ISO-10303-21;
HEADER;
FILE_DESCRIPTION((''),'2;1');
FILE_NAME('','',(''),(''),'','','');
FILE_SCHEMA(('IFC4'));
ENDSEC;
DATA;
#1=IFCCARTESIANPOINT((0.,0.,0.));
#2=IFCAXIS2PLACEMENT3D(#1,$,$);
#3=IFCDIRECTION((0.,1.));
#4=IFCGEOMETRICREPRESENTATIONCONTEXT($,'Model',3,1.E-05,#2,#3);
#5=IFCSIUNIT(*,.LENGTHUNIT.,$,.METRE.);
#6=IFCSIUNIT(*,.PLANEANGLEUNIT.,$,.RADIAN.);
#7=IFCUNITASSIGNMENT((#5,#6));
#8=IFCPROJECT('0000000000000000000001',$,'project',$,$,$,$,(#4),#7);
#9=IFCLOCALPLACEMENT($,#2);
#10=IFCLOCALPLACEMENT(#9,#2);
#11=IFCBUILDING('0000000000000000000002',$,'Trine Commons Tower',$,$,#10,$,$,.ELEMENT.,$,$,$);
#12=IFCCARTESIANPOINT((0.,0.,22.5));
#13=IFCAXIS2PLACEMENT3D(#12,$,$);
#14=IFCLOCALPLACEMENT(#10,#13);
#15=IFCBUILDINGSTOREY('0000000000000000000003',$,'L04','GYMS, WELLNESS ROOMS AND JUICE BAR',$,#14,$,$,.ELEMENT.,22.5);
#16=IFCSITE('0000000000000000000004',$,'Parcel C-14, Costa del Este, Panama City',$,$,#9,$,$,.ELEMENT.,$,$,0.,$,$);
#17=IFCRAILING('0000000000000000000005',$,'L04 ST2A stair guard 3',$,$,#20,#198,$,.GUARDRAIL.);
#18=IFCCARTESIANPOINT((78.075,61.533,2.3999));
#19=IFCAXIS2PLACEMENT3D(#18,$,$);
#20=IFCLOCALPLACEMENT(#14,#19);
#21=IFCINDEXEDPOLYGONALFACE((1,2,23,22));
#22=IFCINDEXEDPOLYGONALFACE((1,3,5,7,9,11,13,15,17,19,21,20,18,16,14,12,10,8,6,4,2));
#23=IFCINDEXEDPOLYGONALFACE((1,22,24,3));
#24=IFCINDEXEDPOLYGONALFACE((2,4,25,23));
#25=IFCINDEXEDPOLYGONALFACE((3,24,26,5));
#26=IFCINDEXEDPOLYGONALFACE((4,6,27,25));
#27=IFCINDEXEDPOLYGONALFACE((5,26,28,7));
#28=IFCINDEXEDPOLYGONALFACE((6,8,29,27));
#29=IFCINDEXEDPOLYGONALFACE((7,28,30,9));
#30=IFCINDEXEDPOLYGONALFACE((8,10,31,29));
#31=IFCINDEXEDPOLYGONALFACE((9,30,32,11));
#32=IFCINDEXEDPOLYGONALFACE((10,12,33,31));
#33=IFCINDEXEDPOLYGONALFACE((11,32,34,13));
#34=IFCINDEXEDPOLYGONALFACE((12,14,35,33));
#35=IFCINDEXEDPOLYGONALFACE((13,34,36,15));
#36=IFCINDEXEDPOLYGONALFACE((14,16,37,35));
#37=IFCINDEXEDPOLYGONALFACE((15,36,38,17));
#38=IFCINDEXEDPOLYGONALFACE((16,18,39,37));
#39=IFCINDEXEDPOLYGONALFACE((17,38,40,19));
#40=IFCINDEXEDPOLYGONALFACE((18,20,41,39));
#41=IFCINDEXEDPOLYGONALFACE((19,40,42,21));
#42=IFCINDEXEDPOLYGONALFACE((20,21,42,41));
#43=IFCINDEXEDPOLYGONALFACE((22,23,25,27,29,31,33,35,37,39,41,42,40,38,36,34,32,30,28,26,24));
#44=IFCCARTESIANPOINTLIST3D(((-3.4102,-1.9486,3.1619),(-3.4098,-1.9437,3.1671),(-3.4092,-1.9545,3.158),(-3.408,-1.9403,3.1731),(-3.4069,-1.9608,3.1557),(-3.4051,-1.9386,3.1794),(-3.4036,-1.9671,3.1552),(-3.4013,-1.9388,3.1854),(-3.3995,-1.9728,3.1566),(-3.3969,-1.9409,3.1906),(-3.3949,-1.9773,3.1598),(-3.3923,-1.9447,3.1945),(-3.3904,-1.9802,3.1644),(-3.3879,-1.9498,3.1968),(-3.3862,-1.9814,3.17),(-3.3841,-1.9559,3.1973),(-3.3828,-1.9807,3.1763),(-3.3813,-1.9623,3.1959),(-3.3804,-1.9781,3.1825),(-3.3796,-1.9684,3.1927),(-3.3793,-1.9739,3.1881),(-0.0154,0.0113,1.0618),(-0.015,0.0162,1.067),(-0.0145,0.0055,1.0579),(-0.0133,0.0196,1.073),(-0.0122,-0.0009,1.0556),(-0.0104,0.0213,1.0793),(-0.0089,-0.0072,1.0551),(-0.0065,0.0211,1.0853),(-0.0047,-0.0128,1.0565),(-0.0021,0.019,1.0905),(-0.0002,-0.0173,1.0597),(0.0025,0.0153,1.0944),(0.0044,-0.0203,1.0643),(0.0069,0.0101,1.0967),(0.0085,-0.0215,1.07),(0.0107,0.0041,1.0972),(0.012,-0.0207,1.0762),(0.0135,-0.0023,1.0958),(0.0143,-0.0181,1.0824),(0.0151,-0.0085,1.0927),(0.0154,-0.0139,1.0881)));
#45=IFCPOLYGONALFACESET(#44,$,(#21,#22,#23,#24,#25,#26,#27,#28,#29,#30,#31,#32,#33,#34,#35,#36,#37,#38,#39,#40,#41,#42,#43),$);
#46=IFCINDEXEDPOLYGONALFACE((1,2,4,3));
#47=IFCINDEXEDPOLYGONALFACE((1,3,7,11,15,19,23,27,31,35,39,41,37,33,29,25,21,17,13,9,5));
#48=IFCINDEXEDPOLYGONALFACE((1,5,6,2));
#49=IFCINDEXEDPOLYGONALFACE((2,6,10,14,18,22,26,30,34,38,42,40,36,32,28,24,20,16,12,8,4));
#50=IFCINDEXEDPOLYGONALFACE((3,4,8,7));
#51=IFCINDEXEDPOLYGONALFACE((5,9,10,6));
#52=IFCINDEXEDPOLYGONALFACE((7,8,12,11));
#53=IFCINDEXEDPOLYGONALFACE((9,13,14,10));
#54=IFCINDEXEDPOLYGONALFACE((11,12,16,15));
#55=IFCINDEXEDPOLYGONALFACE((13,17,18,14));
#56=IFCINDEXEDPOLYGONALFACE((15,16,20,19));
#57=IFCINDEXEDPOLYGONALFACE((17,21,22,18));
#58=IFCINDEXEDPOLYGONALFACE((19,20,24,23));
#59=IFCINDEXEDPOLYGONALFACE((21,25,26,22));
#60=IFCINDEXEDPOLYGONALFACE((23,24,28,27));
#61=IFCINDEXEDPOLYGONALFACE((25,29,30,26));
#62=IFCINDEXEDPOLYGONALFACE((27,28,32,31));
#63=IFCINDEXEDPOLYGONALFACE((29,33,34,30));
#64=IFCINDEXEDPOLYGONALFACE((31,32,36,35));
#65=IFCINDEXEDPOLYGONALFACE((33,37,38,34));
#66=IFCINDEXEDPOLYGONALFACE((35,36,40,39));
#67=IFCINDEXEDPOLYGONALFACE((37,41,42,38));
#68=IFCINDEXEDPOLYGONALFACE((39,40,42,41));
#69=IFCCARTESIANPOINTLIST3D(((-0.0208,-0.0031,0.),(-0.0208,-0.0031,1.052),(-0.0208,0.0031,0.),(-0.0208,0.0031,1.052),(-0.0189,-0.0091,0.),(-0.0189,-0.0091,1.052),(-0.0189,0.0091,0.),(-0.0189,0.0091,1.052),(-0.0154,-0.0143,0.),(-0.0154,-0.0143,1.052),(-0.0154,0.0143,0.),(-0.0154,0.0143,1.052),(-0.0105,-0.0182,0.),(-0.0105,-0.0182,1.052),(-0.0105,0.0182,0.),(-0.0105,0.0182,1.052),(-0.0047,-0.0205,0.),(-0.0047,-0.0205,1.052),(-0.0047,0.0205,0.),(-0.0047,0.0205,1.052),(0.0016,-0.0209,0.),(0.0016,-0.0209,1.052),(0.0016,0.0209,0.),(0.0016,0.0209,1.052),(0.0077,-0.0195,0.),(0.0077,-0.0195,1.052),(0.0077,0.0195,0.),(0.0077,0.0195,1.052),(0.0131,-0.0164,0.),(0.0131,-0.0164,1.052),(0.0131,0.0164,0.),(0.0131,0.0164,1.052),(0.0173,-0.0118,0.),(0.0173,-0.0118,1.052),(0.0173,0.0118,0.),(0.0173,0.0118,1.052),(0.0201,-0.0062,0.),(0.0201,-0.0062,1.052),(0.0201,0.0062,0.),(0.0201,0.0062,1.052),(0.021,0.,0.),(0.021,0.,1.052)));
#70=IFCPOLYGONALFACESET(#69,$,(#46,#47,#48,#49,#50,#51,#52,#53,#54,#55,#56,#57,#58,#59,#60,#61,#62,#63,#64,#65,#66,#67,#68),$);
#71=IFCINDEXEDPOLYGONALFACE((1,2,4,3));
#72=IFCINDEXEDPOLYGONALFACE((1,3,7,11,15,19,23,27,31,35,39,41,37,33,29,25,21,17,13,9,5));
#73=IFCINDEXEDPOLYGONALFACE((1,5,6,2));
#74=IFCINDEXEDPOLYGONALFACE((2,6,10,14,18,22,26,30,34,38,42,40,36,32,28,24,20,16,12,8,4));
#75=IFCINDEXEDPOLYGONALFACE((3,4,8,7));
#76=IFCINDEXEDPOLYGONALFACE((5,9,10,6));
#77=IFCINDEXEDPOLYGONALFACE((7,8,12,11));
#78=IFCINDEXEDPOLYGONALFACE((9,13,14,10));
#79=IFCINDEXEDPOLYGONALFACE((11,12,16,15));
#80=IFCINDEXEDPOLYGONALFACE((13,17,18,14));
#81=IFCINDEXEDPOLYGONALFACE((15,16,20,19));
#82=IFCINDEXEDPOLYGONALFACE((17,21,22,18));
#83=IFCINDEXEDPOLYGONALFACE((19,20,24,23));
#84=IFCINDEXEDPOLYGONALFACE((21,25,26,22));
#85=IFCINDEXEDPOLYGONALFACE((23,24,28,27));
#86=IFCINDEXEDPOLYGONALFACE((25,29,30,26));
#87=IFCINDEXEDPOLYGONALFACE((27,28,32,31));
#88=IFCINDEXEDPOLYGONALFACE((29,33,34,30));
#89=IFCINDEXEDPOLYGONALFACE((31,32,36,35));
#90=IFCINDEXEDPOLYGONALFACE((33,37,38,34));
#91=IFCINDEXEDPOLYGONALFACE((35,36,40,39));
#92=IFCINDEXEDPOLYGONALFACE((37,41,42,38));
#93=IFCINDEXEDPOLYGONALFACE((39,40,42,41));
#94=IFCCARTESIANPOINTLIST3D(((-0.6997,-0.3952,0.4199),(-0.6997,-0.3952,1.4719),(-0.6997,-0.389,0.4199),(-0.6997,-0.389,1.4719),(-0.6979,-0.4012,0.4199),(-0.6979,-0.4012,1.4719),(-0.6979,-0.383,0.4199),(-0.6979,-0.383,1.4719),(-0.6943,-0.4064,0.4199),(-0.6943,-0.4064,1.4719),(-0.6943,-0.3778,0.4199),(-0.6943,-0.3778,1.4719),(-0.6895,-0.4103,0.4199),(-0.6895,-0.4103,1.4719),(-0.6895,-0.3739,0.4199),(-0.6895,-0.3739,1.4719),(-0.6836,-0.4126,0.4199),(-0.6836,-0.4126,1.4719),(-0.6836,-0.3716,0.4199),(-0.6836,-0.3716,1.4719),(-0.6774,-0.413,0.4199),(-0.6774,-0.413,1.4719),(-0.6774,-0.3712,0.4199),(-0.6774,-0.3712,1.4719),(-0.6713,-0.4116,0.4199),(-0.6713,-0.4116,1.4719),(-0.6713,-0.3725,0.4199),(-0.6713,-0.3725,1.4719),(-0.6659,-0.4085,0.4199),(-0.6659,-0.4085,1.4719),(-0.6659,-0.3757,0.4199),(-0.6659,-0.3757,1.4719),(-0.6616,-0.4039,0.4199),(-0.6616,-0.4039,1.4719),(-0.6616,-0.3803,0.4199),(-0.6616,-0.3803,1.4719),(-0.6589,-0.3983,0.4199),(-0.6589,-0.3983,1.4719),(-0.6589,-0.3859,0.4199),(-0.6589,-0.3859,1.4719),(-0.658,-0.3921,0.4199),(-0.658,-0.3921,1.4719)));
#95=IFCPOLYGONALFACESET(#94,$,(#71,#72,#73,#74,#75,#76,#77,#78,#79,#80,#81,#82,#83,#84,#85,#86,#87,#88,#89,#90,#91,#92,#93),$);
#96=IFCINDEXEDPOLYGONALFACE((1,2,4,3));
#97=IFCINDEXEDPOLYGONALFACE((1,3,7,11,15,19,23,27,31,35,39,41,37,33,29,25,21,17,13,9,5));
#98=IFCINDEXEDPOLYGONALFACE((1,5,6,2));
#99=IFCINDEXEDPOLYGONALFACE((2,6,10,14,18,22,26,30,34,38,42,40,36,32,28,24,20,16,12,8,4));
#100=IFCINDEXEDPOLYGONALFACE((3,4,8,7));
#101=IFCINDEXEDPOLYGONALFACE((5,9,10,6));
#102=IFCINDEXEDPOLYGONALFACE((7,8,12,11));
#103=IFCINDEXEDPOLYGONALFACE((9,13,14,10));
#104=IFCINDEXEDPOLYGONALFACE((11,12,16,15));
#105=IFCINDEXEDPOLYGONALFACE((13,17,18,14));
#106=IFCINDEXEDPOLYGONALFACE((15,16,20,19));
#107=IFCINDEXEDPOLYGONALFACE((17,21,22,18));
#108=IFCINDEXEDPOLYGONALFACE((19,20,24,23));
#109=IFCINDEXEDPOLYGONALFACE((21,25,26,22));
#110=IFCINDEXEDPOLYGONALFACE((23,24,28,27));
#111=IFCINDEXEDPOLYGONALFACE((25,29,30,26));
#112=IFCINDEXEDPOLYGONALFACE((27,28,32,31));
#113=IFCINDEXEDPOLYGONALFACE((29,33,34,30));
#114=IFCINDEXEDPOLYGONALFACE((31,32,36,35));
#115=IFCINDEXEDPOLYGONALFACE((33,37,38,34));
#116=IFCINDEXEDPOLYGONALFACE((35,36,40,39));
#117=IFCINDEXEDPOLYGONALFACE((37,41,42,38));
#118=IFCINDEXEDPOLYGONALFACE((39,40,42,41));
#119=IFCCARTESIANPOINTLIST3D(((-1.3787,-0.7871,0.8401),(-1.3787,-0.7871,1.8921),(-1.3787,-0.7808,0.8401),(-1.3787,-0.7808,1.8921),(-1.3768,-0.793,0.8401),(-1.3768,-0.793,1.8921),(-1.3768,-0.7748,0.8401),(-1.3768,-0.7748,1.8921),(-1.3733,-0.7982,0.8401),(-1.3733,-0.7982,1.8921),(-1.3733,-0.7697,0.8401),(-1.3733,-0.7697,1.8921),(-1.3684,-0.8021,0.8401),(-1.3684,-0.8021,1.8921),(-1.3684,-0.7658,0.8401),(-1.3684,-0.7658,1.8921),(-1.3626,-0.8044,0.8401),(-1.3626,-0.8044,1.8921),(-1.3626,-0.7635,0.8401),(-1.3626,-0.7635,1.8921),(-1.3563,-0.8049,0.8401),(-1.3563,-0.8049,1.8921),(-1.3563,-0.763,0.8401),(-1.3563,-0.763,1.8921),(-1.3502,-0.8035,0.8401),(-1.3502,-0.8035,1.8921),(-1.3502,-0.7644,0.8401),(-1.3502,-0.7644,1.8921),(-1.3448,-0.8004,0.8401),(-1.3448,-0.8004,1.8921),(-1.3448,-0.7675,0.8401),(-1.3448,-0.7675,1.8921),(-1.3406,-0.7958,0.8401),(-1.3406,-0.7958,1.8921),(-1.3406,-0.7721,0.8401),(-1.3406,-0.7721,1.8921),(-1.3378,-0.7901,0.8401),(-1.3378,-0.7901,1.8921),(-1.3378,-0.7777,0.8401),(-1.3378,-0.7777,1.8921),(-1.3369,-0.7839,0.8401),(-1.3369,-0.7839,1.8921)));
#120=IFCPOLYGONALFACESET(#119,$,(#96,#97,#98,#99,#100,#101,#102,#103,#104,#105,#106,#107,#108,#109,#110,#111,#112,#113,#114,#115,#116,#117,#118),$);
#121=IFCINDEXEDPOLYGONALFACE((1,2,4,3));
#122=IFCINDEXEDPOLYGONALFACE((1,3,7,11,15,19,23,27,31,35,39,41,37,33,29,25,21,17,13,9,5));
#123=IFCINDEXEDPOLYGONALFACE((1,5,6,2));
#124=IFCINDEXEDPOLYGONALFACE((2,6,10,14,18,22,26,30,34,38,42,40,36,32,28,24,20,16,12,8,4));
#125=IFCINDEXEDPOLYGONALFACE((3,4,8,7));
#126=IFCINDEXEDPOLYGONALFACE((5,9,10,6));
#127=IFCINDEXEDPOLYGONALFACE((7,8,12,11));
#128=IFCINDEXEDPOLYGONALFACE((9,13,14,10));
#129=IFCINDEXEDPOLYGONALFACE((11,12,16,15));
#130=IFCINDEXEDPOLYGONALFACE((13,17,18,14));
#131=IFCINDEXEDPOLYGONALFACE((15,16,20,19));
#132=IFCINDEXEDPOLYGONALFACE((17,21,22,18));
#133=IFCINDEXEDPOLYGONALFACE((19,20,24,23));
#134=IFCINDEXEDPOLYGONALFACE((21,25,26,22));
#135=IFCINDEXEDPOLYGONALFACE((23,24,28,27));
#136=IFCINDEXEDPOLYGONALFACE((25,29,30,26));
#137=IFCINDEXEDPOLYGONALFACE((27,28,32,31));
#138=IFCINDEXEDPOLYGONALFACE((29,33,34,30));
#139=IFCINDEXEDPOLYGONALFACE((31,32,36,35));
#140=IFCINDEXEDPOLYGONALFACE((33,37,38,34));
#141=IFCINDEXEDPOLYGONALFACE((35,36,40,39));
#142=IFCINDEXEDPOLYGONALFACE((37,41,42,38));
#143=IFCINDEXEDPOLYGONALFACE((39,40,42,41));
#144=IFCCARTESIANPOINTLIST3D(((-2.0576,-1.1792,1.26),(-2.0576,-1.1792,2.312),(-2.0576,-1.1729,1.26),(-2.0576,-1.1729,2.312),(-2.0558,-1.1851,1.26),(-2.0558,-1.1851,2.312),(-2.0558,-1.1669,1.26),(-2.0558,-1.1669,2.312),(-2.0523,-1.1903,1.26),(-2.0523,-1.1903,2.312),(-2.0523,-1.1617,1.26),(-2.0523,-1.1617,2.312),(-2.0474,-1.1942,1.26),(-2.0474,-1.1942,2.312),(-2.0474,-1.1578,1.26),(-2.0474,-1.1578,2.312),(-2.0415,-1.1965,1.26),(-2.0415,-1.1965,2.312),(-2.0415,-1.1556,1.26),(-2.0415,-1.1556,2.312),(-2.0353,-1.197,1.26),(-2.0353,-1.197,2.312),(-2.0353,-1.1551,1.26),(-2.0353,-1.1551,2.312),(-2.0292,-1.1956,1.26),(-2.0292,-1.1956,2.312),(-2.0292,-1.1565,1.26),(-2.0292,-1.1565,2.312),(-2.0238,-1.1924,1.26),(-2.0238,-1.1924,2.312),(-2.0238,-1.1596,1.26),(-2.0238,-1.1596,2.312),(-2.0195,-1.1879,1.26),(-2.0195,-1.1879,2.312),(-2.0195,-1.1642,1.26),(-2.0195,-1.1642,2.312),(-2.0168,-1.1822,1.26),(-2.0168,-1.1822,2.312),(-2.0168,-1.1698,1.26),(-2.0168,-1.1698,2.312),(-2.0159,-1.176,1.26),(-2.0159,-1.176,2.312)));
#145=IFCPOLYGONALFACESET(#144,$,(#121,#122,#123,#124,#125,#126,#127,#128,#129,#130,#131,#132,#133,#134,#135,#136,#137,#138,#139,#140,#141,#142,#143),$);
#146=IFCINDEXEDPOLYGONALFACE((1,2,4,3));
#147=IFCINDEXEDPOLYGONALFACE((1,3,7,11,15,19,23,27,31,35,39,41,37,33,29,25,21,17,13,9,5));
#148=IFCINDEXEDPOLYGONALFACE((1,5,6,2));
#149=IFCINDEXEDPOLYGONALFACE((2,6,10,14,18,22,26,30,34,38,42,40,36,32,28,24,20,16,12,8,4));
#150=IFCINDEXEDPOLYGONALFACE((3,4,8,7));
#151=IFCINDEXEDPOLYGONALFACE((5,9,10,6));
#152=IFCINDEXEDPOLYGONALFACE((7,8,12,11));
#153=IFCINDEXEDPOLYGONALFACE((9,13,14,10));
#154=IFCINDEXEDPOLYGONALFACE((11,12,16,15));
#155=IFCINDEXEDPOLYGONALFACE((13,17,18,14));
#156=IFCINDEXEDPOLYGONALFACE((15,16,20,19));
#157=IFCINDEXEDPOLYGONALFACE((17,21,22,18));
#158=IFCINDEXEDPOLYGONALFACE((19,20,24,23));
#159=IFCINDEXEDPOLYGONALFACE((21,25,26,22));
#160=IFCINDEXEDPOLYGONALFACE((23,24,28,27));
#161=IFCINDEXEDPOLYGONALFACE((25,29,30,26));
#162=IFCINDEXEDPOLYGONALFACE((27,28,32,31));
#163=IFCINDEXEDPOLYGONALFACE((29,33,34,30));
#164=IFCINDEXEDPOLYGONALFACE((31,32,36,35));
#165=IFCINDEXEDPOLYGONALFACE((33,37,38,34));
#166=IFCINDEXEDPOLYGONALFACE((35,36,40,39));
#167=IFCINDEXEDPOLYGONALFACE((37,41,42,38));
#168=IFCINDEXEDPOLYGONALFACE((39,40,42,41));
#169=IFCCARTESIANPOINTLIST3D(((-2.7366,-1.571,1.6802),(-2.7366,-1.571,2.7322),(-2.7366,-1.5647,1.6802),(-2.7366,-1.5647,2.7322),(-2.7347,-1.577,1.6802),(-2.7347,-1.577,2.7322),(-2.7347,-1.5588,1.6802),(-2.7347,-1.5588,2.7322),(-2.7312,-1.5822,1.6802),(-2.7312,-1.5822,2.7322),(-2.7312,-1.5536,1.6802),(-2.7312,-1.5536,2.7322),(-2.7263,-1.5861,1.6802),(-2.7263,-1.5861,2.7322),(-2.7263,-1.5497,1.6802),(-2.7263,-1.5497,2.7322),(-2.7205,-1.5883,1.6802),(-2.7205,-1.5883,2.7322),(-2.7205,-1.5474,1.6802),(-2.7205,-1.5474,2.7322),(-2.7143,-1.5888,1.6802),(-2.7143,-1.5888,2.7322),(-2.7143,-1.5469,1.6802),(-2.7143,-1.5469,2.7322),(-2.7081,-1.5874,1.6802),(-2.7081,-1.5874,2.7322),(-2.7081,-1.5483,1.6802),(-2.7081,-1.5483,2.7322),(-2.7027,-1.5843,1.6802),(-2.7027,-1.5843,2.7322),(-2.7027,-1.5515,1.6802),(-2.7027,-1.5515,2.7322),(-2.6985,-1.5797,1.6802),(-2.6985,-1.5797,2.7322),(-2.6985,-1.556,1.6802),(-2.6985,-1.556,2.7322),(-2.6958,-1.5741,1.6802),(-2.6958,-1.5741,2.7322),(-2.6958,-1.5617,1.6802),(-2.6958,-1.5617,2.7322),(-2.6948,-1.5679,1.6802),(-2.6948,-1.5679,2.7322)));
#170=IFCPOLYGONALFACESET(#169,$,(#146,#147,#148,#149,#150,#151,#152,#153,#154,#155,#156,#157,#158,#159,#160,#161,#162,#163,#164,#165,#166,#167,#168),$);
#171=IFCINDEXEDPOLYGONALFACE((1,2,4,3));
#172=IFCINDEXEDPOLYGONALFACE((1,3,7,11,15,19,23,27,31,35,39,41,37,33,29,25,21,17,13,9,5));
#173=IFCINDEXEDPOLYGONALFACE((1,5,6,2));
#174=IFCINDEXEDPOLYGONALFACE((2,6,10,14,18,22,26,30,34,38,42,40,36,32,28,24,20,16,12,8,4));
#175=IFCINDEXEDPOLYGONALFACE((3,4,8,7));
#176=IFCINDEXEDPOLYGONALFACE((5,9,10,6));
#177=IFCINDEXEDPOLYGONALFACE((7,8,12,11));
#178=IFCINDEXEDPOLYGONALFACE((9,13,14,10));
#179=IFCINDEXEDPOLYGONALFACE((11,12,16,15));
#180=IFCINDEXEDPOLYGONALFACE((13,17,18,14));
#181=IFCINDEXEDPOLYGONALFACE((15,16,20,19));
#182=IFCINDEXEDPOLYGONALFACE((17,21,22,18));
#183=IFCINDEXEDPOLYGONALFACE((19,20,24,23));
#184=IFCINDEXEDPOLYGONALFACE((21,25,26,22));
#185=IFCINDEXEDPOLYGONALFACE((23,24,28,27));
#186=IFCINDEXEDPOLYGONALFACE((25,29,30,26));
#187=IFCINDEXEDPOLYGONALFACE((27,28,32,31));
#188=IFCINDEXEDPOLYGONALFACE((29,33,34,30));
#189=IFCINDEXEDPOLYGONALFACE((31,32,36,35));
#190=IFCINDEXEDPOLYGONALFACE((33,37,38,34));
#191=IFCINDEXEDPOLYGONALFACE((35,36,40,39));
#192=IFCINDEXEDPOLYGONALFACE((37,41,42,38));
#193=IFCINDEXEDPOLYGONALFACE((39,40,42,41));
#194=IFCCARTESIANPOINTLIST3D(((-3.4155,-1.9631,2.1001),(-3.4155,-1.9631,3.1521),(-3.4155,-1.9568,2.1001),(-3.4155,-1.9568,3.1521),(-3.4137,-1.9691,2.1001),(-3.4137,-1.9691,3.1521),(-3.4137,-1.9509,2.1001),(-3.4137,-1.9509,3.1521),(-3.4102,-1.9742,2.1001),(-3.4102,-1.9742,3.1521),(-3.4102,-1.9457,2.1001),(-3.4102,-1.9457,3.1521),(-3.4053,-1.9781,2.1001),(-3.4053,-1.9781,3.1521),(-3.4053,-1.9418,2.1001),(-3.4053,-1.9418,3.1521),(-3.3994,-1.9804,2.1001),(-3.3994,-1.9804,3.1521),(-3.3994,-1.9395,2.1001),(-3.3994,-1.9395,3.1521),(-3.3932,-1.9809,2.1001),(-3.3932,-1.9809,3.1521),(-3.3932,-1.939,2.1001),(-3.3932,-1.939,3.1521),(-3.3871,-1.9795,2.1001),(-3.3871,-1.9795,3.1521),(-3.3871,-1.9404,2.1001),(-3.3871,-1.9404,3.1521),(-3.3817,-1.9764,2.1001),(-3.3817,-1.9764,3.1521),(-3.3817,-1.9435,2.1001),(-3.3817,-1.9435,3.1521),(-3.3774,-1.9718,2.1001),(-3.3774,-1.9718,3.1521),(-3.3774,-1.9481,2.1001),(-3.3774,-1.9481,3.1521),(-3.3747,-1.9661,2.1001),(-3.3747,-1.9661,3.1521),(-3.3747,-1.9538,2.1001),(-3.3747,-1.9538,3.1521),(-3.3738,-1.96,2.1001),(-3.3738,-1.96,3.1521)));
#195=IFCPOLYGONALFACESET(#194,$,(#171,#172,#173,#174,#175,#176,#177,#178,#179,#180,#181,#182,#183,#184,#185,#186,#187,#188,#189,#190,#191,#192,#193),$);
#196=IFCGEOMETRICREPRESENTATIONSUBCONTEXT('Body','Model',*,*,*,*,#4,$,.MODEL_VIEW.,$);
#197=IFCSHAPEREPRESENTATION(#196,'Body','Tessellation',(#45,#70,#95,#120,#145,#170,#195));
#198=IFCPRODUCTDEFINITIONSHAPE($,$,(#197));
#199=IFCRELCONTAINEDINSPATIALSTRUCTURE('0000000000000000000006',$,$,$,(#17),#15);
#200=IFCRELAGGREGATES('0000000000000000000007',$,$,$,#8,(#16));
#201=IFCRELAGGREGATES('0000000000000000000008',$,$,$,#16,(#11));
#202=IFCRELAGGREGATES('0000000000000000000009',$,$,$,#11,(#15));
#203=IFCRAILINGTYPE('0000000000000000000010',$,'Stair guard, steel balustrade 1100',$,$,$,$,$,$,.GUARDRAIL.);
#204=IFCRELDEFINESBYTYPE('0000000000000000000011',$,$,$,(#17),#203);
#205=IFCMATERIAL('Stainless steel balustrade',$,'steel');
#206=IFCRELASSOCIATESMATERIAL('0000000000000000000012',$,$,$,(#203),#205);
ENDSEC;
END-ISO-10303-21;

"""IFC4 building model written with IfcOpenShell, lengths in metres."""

from ifc_helpers import new_model, si_unit, direction, frame, origin, origin_2d, place, context, subcontext, project, spatial, circle, extrude, material, type_object, element, save


model = new_model("IFC4")

# Units and contexts
model_context = context("Model", 3, precision=1e-05, world=origin(), true_north=direction((0.0, 1.0)))
body_context = subcontext(model_context, "Body", "Model", "MODEL_VIEW")
ifc_project = project(units=[si_unit("LENGTHUNIT", "METRE"), si_unit("PLANEANGLEUNIT", "RADIAN")], contexts=[model_context])

# Site, building, storey
site_placement = place(None, origin())
site = spatial("IfcSite", under=ifc_project, at=site_placement, Name="Parcel C-14, Costa del Este, Panama City", CompositionType="ELEMENT", RefElevation=0.0)
building_placement = place(site_placement, origin())
building = spatial("IfcBuilding", under=site, at=building_placement, Name="Trine Commons Tower", CompositionType="ELEMENT")
storey_placement = place(building_placement, frame((0.0, 0.0, 22.5)))
storey = spatial("IfcBuildingStorey", under=building, at=storey_placement, Name="L04", Description="GYMS, WELLNESS ROOMS AND JUICE BAR", CompositionType="ELEMENT", Elevation=22.5)

# Railing
ifc_material_1 = material(Name="Stainless steel balustrade", Category="steel")
railing_type_1 = type_object("IfcRailingType", Name="Stair guard, steel balustrade 1100", PredefinedType="GUARDRAIL", material=ifc_material_1)
railing_1_placement = place(storey_placement, frame((78.075, 61.533, 2.3999)))
element("IfcRailing", 1, at=railing_1_placement, inside=storey, type_object=railing_type_1, Name="L04 ST2A stair guard 3", PredefinedType="GUARDRAIL", context=body_context, shape_type="SweptSolid", body=[
    extrude(circle(Radius=0.0239, at=origin_2d()), frame((0.0, 0.0, 1.0762), z_axis=(-0.763375, -0.440732, 0.472244), x_axis=(0.499997, -0.866027, 0.0)), (0.0, 0.0, 1.0), 4.447),
    extrude(circle(Radius=0.021, at=origin_2d()), origin(), (0.0, 0.0, 1.0), 1.052),
    extrude(circle(Radius=0.021, at=origin_2d()), frame((-0.679, -0.3921, 0.4199)), (0.0, 0.0, 1.0), 1.052),
    extrude(circle(Radius=0.021, at=origin_2d()), frame((-1.3579, -0.7839, 0.8401)), (0.0, 0.0, 1.0), 1.052),
    extrude(circle(Radius=0.021, at=origin_2d()), frame((-2.0369, -1.176, 1.26)), (0.0, 0.0, 1.0), 1.052),
    extrude(circle(Radius=0.021, at=origin_2d()), frame((-2.7158, -1.5679, 1.6802)), (0.0, 0.0, 1.0), 1.052),
    extrude(circle(Radius=0.021, at=origin_2d()), frame((-3.3948, -1.96, 2.1001)), (0.0, 0.0, 1.0), 1.052),
])

save(model, "model.ifc")
